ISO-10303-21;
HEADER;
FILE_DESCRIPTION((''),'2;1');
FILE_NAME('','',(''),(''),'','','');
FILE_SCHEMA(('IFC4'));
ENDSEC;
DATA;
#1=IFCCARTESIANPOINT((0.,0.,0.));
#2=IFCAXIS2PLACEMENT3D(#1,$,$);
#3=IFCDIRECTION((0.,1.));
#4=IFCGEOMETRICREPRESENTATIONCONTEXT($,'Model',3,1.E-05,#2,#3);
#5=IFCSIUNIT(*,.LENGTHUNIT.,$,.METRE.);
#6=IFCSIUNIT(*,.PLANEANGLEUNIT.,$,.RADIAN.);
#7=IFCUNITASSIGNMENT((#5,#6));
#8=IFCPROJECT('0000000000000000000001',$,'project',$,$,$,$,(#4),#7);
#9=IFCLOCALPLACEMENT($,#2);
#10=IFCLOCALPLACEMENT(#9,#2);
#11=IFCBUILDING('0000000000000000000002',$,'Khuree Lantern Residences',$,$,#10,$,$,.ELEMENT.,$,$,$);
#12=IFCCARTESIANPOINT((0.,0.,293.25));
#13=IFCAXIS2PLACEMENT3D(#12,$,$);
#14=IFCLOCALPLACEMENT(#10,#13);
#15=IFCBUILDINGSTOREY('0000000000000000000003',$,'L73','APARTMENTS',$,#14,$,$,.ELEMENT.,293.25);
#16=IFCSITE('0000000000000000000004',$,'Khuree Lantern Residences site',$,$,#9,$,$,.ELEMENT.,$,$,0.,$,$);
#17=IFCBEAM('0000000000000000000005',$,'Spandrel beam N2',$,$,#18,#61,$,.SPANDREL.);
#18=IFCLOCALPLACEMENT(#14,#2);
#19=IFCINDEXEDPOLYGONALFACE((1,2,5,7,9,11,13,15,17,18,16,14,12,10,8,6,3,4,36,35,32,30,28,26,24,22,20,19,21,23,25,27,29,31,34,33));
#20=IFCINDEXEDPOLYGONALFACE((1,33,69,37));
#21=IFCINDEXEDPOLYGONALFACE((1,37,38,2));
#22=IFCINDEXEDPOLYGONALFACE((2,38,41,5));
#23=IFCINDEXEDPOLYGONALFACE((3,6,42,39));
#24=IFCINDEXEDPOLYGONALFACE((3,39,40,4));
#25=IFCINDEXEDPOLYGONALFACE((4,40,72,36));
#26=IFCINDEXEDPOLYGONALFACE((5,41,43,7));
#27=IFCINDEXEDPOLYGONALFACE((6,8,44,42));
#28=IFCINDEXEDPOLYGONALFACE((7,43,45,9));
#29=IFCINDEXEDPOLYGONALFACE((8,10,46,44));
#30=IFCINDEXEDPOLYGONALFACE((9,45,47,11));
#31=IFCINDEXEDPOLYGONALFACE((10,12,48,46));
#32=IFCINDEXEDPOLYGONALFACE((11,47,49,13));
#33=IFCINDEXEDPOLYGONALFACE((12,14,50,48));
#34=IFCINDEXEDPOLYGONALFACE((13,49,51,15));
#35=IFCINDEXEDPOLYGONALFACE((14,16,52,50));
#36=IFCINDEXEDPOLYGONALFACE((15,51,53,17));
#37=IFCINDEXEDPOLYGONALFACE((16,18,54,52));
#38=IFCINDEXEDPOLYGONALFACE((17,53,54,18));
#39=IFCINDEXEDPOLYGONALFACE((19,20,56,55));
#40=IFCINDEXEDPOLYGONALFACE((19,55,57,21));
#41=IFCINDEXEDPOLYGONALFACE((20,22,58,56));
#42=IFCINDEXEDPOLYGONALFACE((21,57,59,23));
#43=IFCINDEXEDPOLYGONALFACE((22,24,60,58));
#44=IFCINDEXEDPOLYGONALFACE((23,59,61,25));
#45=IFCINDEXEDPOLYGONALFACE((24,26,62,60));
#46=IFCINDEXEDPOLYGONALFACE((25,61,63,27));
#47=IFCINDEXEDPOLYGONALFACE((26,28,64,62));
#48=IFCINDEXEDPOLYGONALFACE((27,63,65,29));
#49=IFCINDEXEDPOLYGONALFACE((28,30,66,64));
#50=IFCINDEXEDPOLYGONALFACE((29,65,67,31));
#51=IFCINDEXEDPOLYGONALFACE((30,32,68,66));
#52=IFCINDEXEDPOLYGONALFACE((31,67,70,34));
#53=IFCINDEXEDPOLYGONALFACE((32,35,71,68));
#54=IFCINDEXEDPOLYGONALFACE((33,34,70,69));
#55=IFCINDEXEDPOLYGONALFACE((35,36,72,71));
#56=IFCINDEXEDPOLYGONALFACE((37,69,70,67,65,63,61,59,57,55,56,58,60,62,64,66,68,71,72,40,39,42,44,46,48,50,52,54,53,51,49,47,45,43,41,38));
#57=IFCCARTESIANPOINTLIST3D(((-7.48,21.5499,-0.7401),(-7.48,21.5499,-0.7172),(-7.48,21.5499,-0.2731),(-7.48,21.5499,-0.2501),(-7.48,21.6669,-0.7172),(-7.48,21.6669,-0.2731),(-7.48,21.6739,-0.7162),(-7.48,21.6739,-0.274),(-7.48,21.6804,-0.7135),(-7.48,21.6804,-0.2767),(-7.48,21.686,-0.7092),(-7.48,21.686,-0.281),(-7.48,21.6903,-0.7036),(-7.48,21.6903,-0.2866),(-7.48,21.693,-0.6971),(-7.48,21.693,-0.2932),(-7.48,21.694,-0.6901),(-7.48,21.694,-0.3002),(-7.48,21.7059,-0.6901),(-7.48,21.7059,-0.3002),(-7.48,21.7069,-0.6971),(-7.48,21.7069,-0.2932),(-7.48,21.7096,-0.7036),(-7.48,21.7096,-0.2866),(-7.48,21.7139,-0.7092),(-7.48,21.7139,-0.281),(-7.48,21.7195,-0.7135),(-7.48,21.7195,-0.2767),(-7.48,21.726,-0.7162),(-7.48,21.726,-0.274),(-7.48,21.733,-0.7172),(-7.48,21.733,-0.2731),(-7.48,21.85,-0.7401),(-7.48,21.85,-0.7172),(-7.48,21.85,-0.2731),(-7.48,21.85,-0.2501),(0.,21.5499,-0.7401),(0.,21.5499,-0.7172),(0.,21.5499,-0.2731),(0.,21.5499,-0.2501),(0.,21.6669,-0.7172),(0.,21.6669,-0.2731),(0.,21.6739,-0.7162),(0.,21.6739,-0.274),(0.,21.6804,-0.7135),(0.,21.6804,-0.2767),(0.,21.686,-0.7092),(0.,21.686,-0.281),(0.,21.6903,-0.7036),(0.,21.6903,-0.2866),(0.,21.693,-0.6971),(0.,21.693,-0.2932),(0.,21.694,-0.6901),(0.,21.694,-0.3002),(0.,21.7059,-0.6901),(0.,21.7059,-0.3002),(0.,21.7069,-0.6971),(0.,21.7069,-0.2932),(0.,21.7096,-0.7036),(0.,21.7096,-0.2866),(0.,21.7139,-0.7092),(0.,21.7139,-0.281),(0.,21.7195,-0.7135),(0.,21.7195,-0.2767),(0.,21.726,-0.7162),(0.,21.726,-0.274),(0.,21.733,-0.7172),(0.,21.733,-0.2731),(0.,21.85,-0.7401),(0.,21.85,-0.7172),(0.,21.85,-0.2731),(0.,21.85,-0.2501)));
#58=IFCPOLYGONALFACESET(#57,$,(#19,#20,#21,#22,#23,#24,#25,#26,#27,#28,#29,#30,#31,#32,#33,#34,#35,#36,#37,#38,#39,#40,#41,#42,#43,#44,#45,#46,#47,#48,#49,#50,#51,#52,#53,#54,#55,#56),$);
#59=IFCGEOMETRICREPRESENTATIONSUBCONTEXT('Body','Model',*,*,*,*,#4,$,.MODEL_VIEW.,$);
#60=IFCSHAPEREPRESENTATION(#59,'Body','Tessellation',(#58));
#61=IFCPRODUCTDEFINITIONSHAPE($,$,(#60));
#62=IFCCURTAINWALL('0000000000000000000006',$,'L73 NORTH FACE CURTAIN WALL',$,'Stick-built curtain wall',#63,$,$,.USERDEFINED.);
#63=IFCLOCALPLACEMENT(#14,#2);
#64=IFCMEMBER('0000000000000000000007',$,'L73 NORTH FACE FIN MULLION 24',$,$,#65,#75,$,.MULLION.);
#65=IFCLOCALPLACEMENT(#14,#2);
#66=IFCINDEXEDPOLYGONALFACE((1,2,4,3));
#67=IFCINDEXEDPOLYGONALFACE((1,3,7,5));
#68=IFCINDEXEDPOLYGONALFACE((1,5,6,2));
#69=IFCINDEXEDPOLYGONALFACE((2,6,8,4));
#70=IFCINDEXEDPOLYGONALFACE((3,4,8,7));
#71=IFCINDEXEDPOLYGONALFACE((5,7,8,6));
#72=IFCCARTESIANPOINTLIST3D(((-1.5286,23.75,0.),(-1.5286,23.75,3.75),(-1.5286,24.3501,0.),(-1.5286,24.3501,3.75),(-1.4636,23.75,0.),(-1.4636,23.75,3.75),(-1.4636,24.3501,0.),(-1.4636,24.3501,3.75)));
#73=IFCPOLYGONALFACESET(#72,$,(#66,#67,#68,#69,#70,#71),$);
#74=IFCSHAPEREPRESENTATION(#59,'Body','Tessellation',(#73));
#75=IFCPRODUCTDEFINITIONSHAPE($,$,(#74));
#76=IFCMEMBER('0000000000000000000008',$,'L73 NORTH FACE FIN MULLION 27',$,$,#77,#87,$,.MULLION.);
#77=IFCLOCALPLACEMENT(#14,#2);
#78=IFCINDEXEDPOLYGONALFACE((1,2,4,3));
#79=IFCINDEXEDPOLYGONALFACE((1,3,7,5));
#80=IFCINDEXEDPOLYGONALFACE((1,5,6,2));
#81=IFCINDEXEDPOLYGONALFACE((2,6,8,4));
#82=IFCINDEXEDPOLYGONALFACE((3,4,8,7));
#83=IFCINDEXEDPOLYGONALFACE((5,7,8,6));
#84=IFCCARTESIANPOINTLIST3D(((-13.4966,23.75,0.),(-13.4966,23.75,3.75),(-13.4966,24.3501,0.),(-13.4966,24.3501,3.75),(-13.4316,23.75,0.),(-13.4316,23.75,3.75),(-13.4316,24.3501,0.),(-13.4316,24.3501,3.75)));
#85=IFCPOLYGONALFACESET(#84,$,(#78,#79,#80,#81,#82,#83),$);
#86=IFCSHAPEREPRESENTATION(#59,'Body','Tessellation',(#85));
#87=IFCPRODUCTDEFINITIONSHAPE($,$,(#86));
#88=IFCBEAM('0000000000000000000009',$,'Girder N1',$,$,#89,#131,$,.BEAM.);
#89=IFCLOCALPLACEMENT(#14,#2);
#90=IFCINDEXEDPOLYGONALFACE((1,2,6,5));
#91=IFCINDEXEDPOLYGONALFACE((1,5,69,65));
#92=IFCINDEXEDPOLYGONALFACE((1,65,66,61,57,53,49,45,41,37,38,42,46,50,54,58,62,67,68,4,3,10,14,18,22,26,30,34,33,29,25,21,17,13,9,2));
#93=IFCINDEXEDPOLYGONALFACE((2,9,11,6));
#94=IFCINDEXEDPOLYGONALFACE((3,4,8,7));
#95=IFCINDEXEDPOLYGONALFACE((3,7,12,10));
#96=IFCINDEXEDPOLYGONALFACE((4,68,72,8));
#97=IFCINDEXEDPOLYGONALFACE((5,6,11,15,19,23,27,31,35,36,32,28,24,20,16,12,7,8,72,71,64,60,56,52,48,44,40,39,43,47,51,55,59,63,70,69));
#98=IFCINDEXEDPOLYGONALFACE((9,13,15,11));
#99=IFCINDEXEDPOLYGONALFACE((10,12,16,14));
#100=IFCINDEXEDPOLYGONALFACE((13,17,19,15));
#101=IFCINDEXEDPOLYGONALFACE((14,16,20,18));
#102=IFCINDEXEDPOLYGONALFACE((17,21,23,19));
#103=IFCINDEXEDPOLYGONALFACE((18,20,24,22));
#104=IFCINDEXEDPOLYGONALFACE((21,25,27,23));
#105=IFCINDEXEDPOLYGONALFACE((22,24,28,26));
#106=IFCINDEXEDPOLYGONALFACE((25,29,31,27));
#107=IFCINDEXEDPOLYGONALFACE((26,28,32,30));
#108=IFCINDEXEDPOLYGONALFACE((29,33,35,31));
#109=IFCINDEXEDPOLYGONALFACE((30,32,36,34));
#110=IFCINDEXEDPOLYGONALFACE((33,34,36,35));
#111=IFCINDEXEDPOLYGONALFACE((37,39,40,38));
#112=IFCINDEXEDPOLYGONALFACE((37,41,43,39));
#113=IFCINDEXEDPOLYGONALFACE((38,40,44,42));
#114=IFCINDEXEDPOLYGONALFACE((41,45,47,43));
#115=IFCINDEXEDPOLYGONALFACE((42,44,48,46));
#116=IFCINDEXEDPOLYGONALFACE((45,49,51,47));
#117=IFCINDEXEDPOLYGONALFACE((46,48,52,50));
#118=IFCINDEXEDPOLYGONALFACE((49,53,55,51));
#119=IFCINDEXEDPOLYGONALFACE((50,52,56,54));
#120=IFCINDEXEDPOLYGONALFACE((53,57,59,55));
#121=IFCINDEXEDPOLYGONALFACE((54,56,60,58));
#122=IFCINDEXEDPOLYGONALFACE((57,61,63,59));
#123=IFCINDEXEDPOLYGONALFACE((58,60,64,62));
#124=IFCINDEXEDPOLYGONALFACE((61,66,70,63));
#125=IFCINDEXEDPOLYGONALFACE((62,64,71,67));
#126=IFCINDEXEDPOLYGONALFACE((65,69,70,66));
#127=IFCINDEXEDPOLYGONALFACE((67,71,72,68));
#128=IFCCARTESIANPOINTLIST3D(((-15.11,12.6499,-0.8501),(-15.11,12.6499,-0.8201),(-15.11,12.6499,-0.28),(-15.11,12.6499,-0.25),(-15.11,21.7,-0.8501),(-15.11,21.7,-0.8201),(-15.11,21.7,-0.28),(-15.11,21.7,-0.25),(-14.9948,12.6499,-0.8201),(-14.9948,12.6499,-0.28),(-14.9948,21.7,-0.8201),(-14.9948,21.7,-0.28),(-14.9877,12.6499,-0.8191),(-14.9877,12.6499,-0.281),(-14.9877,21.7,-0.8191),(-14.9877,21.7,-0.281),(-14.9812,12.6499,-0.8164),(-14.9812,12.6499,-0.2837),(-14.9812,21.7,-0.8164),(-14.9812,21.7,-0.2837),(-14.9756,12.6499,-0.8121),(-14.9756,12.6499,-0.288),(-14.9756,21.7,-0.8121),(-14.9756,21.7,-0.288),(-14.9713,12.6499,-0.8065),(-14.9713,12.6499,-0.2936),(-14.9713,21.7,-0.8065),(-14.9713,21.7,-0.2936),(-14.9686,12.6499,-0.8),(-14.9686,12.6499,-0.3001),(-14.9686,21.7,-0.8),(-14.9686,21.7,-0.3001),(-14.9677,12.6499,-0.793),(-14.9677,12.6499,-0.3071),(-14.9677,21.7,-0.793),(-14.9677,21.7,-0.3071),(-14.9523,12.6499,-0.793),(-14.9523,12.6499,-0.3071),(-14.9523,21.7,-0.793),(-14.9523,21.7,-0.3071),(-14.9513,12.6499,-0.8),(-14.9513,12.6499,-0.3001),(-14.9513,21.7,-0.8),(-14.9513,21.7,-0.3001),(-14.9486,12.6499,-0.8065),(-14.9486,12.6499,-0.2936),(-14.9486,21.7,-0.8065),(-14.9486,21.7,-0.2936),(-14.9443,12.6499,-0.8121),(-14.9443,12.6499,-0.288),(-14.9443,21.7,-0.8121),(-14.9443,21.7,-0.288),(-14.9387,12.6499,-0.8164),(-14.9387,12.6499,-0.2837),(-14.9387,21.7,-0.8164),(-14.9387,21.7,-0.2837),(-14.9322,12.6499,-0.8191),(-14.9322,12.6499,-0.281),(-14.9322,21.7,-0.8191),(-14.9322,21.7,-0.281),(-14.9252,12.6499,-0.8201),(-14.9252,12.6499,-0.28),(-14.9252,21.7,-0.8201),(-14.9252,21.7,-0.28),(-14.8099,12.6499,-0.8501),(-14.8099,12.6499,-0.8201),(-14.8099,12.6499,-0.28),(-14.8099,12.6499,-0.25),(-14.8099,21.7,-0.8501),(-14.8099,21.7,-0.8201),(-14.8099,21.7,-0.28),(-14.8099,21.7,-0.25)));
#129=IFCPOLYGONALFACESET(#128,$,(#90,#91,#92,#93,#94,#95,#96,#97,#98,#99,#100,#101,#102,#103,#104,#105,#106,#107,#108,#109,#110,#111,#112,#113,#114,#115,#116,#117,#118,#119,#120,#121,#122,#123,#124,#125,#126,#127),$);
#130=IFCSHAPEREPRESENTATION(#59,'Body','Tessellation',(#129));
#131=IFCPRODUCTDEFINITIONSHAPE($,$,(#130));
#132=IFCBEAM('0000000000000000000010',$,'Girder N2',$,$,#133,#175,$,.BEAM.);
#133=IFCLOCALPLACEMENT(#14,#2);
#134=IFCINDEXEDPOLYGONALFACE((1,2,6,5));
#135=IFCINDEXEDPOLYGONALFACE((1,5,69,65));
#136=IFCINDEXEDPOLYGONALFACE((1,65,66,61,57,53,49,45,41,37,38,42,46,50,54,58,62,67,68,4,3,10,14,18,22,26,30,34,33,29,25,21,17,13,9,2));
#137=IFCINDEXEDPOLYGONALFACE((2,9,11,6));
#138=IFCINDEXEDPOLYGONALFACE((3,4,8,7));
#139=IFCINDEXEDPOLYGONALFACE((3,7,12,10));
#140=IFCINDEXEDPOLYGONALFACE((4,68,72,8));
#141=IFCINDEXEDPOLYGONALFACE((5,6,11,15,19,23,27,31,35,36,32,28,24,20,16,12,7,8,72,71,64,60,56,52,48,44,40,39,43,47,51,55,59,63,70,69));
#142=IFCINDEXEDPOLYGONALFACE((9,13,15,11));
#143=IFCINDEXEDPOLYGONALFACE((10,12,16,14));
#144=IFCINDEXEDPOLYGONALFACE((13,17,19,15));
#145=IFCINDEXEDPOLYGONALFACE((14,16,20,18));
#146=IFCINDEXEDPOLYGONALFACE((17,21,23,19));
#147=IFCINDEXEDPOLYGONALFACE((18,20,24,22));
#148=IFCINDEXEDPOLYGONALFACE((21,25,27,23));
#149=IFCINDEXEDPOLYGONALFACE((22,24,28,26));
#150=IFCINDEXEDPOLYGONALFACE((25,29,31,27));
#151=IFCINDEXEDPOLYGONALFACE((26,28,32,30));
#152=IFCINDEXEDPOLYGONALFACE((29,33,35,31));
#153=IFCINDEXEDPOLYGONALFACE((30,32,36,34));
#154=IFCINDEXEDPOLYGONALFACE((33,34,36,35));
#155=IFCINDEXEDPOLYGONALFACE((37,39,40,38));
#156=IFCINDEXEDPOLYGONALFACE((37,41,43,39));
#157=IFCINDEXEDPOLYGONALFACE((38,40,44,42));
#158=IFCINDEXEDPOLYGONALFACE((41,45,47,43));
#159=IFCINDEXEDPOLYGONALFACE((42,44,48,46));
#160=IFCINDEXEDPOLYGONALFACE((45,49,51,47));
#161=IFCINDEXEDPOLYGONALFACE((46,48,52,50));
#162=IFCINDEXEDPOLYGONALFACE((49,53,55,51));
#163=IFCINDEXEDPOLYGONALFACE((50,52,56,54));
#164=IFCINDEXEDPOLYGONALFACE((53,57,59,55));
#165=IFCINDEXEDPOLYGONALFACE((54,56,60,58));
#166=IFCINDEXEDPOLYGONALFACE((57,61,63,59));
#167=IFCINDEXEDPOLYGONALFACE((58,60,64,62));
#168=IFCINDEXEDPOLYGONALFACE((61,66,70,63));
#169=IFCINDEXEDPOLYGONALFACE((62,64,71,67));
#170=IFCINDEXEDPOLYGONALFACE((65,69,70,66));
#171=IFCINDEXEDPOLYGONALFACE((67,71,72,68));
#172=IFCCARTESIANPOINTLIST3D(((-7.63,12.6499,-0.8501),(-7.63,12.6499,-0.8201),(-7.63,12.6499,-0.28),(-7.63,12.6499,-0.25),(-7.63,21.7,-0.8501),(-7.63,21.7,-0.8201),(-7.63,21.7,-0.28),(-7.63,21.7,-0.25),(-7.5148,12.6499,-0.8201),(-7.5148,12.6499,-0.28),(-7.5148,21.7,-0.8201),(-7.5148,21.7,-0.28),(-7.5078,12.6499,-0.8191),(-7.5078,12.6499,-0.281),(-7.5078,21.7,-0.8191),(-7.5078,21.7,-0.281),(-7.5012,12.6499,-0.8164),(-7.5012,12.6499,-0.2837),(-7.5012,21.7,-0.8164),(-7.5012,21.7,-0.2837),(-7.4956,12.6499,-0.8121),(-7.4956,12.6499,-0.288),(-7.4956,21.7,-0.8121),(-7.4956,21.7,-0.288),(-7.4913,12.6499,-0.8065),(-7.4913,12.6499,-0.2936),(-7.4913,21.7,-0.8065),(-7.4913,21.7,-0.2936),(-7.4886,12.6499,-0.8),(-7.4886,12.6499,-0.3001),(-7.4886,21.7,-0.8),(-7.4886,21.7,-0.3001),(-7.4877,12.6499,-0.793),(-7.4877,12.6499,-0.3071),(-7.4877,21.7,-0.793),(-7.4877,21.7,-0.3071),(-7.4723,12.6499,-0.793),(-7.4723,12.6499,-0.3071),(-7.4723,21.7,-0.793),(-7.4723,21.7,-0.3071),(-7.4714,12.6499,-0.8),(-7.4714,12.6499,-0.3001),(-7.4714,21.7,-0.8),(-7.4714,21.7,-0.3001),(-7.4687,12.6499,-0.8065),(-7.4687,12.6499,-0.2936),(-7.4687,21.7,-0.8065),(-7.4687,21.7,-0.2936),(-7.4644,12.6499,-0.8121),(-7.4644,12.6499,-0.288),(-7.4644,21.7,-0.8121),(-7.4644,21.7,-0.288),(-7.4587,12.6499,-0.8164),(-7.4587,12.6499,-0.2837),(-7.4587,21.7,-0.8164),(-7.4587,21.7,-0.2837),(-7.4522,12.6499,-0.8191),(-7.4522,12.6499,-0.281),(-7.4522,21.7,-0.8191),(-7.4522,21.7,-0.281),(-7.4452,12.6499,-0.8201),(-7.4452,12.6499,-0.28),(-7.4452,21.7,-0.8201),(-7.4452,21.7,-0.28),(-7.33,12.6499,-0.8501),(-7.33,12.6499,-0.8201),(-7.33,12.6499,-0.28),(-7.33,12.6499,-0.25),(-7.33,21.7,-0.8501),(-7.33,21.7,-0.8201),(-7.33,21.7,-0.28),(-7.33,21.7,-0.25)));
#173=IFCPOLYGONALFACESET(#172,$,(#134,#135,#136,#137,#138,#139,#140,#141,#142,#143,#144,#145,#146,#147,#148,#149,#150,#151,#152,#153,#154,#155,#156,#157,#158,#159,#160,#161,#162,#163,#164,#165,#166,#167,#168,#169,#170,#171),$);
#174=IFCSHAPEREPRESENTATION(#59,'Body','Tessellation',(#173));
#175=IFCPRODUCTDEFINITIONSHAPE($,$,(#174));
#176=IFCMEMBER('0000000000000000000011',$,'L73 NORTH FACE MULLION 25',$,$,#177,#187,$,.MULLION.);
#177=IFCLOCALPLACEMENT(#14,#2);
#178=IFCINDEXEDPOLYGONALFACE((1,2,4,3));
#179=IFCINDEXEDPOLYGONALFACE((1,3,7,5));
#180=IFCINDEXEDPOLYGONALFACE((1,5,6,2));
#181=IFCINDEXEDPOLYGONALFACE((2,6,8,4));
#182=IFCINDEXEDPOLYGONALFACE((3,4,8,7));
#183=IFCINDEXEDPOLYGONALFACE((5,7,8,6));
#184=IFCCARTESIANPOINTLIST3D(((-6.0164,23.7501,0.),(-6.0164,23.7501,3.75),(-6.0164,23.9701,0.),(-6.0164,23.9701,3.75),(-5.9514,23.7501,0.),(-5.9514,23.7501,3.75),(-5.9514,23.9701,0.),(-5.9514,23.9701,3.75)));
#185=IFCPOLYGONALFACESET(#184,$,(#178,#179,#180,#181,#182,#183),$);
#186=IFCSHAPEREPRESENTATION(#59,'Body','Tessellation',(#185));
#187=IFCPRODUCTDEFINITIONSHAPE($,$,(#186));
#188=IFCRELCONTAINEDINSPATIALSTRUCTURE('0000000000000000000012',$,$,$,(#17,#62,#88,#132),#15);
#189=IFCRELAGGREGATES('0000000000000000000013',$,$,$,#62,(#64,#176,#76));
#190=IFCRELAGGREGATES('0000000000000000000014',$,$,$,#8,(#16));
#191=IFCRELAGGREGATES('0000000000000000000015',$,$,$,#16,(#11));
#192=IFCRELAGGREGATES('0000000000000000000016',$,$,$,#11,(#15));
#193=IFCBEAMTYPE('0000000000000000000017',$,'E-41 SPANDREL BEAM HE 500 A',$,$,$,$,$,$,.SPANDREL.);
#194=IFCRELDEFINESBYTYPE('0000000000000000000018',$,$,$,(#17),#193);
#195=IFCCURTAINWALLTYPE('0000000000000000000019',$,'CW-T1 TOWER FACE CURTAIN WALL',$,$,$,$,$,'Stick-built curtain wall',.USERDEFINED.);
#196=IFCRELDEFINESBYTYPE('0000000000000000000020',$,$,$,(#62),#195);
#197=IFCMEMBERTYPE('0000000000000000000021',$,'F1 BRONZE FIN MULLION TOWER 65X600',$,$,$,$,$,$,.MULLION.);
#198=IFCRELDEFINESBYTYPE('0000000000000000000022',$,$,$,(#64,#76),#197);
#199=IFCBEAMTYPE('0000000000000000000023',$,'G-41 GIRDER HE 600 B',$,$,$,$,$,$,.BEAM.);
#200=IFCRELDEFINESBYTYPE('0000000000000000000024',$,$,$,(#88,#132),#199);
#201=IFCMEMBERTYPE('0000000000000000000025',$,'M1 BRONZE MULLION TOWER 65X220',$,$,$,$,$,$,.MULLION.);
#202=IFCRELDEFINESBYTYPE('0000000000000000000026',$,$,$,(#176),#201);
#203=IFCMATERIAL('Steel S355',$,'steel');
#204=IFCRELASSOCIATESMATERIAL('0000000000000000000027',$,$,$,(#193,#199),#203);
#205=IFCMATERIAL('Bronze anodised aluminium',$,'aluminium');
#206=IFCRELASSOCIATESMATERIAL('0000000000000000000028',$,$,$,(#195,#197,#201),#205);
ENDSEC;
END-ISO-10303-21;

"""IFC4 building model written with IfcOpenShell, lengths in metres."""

from ifc_helpers import new_model, si_unit, direction, frame, origin, origin_2d, place, context, subcontext, project, spatial, rectangle, i_section, extrude, material, material_profile, profile_set, type_object, element, aggregate, save


model = new_model("IFC4")

# Units and contexts
model_context = context("Model", 3, precision=1e-05, world=origin(), true_north=direction((0.0, 1.0)))
body_context = subcontext(model_context, "Body", "Model", "MODEL_VIEW")
ifc_project = project(units=[si_unit("LENGTHUNIT", "METRE"), si_unit("PLANEANGLEUNIT", "RADIAN")], contexts=[model_context])

# Site, building, storey
site_placement = place(None, origin())
site = spatial("IfcSite", under=ifc_project, at=site_placement, Name="Khuree Lantern Residences site", CompositionType="ELEMENT", RefElevation=0.0)
building_placement = place(site_placement, origin())
building = spatial("IfcBuilding", under=site, at=building_placement, Name="Khuree Lantern Residences", CompositionType="ELEMENT")
storey_placement = place(building_placement, frame((0.0, 0.0, 293.25)))
storey = spatial("IfcBuildingStorey", under=building, at=storey_placement, Name="L73", Description="APARTMENTS", CompositionType="ELEMENT", Elevation=293.25)

# Beam
ifc_material_1 = material(Name="Steel S355", Category="steel")
ifc_material_profile_1 = material_profile(ifc_material_1, i_section(OverallWidth=0.3, OverallDepth=0.49, WebThickness=0.012, FlangeThickness=0.0229, FilletRadius=0.0271, at=origin_2d()), Name="HE 500 A")
ifc_profile_set_1 = profile_set([ifc_material_profile_1], Name="Steel S355")
beam_type_1 = type_object("IfcBeamType", Name="E-41 SPANDREL BEAM HE 500 A", PredefinedType="SPANDREL", material=ifc_profile_set_1)
for number, where, z_axis, x_axis, name in (
    (1, (-7.48, 21.7, -0.4951), (1.0, 0.0, 0.0), (0.0, 1.0, 0.0), "Spandrel beam N2"),
):
    element("IfcBeam", number, at=place(storey_placement, frame(where, z_axis=z_axis, x_axis=x_axis)), inside=storey, type_object=beam_type_1, Name=name, PredefinedType="SPANDREL", context=body_context, shape_type="SweptSolid", body=[
        extrude(i_section(OverallWidth=0.3, OverallDepth=0.49, WebThickness=0.012, FlangeThickness=0.0229, FilletRadius=0.0271, at=origin_2d()), origin(), (0.0, 0.0, 1.0), 7.48),
    ])

# Curtain wall, members
ifc_material_2 = material(Name="Bronze anodised aluminium", Category="aluminium")
curtain_wall_type = type_object("IfcCurtainWallType", Name="CW-T1 TOWER FACE CURTAIN WALL", ElementType="Stick-built curtain wall", PredefinedType="USERDEFINED", material=ifc_material_2)
curtain_wall_placement = place(storey_placement, origin())
curtain_wall = element("IfcCurtainWall", 2, at=curtain_wall_placement, inside=storey, type_object=curtain_wall_type, Name="L73 NORTH FACE CURTAIN WALL", ObjectType="Stick-built curtain wall", PredefinedType="USERDEFINED")
ifc_material_profile_2 = material_profile(ifc_material_2, rectangle(XDim=0.0649, YDim=0.6001, at=origin_2d()), Name="F1 65X600")
ifc_profile_set_2 = profile_set([ifc_material_profile_2], Name="Bronze anodised aluminium")
member_type_1 = type_object("IfcMemberType", Name="F1 BRONZE FIN MULLION TOWER 65X600", PredefinedType="MULLION", material=ifc_profile_set_2)
member_1_placement = place(storey_placement, frame((-1.4961, 24.05, 0.0), z_axis=(0.0, 0.0, 1.0), x_axis=(-1.0, 0.0, 0.0)))
member_1 = element("IfcMember", 3, at=member_1_placement, type_object=member_type_1, Name="L73 NORTH FACE FIN MULLION 24", PredefinedType="MULLION", context=body_context, shape_type="SweptSolid", body=[
    extrude(rectangle(XDim=0.0649, YDim=0.6001, at=origin_2d()), origin(), (0.0, 0.0, 1.0), 3.75),
])
member_2_placement = place(storey_placement, frame((-13.4641, 24.05, 0.0), z_axis=(0.0, 0.0, 1.0), x_axis=(-1.0, 0.0, 0.0)))
member_2 = element("IfcMember", 4, at=member_2_placement, type_object=member_type_1, Name="L73 NORTH FACE FIN MULLION 27", PredefinedType="MULLION", context=body_context, shape_type="SweptSolid", body=[
    extrude(rectangle(XDim=0.0649, YDim=0.6001, at=origin_2d()), origin(), (0.0, 0.0, 1.0), 3.75),
])

# Beams
ifc_material_profile_3 = material_profile(ifc_material_1, i_section(OverallWidth=0.3, OverallDepth=0.6001, WebThickness=0.0154, FlangeThickness=0.03, FilletRadius=0.0271, at=origin_2d()), Name="HE 600 B")
ifc_profile_set_3 = profile_set([ifc_material_profile_3], Name="Steel S355")
beam_type_2 = type_object("IfcBeamType", Name="G-41 GIRDER HE 600 B", PredefinedType="BEAM", material=ifc_profile_set_3)
for number, where, z_axis, x_axis, name in (
    (5, (-14.96, 21.7, -0.55), (0.0, -1.0, 0.0), (1.0, 0.0, 0.0), "Girder N1"),
    (6, (-7.48, 21.7, -0.55), (0.0, -1.0, 0.0), (1.0, 0.0, 0.0), "Girder N2"),
):
    element("IfcBeam", number, at=place(storey_placement, frame(where, z_axis=z_axis, x_axis=x_axis)), inside=storey, type_object=beam_type_2, Name=name, PredefinedType="BEAM", context=body_context, shape_type="SweptSolid", body=[
        extrude(i_section(OverallWidth=0.3, OverallDepth=0.6001, WebThickness=0.0154, FlangeThickness=0.03, FilletRadius=0.0271, at=origin_2d()), origin(), (0.0, 0.0, 1.0), 9.05),
    ])

# Member
ifc_material_profile_4 = material_profile(ifc_material_2, rectangle(XDim=0.0649, YDim=0.22, at=origin_2d()), Name="M1 65X220")
ifc_profile_set_4 = profile_set([ifc_material_profile_4], Name="Bronze anodised aluminium")
member_type_2 = type_object("IfcMemberType", Name="M1 BRONZE MULLION TOWER 65X220", PredefinedType="MULLION", material=ifc_profile_set_4)
member_3_placement = place(storey_placement, frame((-5.9839, 23.8601, 0.0), z_axis=(0.0, 0.0, 1.0), x_axis=(-1.0, 0.0, 0.0)))
member_3 = element("IfcMember", 7, at=member_3_placement, type_object=member_type_2, Name="L73 NORTH FACE MULLION 25", PredefinedType="MULLION", context=body_context, shape_type="SweptSolid", body=[
    extrude(rectangle(XDim=0.0649, YDim=0.22, at=origin_2d()), origin(), (0.0, 0.0, 1.0), 3.75),
])

aggregate(curtain_wall, [member_1, member_3, member_2])

save(model, "model.ifc")
